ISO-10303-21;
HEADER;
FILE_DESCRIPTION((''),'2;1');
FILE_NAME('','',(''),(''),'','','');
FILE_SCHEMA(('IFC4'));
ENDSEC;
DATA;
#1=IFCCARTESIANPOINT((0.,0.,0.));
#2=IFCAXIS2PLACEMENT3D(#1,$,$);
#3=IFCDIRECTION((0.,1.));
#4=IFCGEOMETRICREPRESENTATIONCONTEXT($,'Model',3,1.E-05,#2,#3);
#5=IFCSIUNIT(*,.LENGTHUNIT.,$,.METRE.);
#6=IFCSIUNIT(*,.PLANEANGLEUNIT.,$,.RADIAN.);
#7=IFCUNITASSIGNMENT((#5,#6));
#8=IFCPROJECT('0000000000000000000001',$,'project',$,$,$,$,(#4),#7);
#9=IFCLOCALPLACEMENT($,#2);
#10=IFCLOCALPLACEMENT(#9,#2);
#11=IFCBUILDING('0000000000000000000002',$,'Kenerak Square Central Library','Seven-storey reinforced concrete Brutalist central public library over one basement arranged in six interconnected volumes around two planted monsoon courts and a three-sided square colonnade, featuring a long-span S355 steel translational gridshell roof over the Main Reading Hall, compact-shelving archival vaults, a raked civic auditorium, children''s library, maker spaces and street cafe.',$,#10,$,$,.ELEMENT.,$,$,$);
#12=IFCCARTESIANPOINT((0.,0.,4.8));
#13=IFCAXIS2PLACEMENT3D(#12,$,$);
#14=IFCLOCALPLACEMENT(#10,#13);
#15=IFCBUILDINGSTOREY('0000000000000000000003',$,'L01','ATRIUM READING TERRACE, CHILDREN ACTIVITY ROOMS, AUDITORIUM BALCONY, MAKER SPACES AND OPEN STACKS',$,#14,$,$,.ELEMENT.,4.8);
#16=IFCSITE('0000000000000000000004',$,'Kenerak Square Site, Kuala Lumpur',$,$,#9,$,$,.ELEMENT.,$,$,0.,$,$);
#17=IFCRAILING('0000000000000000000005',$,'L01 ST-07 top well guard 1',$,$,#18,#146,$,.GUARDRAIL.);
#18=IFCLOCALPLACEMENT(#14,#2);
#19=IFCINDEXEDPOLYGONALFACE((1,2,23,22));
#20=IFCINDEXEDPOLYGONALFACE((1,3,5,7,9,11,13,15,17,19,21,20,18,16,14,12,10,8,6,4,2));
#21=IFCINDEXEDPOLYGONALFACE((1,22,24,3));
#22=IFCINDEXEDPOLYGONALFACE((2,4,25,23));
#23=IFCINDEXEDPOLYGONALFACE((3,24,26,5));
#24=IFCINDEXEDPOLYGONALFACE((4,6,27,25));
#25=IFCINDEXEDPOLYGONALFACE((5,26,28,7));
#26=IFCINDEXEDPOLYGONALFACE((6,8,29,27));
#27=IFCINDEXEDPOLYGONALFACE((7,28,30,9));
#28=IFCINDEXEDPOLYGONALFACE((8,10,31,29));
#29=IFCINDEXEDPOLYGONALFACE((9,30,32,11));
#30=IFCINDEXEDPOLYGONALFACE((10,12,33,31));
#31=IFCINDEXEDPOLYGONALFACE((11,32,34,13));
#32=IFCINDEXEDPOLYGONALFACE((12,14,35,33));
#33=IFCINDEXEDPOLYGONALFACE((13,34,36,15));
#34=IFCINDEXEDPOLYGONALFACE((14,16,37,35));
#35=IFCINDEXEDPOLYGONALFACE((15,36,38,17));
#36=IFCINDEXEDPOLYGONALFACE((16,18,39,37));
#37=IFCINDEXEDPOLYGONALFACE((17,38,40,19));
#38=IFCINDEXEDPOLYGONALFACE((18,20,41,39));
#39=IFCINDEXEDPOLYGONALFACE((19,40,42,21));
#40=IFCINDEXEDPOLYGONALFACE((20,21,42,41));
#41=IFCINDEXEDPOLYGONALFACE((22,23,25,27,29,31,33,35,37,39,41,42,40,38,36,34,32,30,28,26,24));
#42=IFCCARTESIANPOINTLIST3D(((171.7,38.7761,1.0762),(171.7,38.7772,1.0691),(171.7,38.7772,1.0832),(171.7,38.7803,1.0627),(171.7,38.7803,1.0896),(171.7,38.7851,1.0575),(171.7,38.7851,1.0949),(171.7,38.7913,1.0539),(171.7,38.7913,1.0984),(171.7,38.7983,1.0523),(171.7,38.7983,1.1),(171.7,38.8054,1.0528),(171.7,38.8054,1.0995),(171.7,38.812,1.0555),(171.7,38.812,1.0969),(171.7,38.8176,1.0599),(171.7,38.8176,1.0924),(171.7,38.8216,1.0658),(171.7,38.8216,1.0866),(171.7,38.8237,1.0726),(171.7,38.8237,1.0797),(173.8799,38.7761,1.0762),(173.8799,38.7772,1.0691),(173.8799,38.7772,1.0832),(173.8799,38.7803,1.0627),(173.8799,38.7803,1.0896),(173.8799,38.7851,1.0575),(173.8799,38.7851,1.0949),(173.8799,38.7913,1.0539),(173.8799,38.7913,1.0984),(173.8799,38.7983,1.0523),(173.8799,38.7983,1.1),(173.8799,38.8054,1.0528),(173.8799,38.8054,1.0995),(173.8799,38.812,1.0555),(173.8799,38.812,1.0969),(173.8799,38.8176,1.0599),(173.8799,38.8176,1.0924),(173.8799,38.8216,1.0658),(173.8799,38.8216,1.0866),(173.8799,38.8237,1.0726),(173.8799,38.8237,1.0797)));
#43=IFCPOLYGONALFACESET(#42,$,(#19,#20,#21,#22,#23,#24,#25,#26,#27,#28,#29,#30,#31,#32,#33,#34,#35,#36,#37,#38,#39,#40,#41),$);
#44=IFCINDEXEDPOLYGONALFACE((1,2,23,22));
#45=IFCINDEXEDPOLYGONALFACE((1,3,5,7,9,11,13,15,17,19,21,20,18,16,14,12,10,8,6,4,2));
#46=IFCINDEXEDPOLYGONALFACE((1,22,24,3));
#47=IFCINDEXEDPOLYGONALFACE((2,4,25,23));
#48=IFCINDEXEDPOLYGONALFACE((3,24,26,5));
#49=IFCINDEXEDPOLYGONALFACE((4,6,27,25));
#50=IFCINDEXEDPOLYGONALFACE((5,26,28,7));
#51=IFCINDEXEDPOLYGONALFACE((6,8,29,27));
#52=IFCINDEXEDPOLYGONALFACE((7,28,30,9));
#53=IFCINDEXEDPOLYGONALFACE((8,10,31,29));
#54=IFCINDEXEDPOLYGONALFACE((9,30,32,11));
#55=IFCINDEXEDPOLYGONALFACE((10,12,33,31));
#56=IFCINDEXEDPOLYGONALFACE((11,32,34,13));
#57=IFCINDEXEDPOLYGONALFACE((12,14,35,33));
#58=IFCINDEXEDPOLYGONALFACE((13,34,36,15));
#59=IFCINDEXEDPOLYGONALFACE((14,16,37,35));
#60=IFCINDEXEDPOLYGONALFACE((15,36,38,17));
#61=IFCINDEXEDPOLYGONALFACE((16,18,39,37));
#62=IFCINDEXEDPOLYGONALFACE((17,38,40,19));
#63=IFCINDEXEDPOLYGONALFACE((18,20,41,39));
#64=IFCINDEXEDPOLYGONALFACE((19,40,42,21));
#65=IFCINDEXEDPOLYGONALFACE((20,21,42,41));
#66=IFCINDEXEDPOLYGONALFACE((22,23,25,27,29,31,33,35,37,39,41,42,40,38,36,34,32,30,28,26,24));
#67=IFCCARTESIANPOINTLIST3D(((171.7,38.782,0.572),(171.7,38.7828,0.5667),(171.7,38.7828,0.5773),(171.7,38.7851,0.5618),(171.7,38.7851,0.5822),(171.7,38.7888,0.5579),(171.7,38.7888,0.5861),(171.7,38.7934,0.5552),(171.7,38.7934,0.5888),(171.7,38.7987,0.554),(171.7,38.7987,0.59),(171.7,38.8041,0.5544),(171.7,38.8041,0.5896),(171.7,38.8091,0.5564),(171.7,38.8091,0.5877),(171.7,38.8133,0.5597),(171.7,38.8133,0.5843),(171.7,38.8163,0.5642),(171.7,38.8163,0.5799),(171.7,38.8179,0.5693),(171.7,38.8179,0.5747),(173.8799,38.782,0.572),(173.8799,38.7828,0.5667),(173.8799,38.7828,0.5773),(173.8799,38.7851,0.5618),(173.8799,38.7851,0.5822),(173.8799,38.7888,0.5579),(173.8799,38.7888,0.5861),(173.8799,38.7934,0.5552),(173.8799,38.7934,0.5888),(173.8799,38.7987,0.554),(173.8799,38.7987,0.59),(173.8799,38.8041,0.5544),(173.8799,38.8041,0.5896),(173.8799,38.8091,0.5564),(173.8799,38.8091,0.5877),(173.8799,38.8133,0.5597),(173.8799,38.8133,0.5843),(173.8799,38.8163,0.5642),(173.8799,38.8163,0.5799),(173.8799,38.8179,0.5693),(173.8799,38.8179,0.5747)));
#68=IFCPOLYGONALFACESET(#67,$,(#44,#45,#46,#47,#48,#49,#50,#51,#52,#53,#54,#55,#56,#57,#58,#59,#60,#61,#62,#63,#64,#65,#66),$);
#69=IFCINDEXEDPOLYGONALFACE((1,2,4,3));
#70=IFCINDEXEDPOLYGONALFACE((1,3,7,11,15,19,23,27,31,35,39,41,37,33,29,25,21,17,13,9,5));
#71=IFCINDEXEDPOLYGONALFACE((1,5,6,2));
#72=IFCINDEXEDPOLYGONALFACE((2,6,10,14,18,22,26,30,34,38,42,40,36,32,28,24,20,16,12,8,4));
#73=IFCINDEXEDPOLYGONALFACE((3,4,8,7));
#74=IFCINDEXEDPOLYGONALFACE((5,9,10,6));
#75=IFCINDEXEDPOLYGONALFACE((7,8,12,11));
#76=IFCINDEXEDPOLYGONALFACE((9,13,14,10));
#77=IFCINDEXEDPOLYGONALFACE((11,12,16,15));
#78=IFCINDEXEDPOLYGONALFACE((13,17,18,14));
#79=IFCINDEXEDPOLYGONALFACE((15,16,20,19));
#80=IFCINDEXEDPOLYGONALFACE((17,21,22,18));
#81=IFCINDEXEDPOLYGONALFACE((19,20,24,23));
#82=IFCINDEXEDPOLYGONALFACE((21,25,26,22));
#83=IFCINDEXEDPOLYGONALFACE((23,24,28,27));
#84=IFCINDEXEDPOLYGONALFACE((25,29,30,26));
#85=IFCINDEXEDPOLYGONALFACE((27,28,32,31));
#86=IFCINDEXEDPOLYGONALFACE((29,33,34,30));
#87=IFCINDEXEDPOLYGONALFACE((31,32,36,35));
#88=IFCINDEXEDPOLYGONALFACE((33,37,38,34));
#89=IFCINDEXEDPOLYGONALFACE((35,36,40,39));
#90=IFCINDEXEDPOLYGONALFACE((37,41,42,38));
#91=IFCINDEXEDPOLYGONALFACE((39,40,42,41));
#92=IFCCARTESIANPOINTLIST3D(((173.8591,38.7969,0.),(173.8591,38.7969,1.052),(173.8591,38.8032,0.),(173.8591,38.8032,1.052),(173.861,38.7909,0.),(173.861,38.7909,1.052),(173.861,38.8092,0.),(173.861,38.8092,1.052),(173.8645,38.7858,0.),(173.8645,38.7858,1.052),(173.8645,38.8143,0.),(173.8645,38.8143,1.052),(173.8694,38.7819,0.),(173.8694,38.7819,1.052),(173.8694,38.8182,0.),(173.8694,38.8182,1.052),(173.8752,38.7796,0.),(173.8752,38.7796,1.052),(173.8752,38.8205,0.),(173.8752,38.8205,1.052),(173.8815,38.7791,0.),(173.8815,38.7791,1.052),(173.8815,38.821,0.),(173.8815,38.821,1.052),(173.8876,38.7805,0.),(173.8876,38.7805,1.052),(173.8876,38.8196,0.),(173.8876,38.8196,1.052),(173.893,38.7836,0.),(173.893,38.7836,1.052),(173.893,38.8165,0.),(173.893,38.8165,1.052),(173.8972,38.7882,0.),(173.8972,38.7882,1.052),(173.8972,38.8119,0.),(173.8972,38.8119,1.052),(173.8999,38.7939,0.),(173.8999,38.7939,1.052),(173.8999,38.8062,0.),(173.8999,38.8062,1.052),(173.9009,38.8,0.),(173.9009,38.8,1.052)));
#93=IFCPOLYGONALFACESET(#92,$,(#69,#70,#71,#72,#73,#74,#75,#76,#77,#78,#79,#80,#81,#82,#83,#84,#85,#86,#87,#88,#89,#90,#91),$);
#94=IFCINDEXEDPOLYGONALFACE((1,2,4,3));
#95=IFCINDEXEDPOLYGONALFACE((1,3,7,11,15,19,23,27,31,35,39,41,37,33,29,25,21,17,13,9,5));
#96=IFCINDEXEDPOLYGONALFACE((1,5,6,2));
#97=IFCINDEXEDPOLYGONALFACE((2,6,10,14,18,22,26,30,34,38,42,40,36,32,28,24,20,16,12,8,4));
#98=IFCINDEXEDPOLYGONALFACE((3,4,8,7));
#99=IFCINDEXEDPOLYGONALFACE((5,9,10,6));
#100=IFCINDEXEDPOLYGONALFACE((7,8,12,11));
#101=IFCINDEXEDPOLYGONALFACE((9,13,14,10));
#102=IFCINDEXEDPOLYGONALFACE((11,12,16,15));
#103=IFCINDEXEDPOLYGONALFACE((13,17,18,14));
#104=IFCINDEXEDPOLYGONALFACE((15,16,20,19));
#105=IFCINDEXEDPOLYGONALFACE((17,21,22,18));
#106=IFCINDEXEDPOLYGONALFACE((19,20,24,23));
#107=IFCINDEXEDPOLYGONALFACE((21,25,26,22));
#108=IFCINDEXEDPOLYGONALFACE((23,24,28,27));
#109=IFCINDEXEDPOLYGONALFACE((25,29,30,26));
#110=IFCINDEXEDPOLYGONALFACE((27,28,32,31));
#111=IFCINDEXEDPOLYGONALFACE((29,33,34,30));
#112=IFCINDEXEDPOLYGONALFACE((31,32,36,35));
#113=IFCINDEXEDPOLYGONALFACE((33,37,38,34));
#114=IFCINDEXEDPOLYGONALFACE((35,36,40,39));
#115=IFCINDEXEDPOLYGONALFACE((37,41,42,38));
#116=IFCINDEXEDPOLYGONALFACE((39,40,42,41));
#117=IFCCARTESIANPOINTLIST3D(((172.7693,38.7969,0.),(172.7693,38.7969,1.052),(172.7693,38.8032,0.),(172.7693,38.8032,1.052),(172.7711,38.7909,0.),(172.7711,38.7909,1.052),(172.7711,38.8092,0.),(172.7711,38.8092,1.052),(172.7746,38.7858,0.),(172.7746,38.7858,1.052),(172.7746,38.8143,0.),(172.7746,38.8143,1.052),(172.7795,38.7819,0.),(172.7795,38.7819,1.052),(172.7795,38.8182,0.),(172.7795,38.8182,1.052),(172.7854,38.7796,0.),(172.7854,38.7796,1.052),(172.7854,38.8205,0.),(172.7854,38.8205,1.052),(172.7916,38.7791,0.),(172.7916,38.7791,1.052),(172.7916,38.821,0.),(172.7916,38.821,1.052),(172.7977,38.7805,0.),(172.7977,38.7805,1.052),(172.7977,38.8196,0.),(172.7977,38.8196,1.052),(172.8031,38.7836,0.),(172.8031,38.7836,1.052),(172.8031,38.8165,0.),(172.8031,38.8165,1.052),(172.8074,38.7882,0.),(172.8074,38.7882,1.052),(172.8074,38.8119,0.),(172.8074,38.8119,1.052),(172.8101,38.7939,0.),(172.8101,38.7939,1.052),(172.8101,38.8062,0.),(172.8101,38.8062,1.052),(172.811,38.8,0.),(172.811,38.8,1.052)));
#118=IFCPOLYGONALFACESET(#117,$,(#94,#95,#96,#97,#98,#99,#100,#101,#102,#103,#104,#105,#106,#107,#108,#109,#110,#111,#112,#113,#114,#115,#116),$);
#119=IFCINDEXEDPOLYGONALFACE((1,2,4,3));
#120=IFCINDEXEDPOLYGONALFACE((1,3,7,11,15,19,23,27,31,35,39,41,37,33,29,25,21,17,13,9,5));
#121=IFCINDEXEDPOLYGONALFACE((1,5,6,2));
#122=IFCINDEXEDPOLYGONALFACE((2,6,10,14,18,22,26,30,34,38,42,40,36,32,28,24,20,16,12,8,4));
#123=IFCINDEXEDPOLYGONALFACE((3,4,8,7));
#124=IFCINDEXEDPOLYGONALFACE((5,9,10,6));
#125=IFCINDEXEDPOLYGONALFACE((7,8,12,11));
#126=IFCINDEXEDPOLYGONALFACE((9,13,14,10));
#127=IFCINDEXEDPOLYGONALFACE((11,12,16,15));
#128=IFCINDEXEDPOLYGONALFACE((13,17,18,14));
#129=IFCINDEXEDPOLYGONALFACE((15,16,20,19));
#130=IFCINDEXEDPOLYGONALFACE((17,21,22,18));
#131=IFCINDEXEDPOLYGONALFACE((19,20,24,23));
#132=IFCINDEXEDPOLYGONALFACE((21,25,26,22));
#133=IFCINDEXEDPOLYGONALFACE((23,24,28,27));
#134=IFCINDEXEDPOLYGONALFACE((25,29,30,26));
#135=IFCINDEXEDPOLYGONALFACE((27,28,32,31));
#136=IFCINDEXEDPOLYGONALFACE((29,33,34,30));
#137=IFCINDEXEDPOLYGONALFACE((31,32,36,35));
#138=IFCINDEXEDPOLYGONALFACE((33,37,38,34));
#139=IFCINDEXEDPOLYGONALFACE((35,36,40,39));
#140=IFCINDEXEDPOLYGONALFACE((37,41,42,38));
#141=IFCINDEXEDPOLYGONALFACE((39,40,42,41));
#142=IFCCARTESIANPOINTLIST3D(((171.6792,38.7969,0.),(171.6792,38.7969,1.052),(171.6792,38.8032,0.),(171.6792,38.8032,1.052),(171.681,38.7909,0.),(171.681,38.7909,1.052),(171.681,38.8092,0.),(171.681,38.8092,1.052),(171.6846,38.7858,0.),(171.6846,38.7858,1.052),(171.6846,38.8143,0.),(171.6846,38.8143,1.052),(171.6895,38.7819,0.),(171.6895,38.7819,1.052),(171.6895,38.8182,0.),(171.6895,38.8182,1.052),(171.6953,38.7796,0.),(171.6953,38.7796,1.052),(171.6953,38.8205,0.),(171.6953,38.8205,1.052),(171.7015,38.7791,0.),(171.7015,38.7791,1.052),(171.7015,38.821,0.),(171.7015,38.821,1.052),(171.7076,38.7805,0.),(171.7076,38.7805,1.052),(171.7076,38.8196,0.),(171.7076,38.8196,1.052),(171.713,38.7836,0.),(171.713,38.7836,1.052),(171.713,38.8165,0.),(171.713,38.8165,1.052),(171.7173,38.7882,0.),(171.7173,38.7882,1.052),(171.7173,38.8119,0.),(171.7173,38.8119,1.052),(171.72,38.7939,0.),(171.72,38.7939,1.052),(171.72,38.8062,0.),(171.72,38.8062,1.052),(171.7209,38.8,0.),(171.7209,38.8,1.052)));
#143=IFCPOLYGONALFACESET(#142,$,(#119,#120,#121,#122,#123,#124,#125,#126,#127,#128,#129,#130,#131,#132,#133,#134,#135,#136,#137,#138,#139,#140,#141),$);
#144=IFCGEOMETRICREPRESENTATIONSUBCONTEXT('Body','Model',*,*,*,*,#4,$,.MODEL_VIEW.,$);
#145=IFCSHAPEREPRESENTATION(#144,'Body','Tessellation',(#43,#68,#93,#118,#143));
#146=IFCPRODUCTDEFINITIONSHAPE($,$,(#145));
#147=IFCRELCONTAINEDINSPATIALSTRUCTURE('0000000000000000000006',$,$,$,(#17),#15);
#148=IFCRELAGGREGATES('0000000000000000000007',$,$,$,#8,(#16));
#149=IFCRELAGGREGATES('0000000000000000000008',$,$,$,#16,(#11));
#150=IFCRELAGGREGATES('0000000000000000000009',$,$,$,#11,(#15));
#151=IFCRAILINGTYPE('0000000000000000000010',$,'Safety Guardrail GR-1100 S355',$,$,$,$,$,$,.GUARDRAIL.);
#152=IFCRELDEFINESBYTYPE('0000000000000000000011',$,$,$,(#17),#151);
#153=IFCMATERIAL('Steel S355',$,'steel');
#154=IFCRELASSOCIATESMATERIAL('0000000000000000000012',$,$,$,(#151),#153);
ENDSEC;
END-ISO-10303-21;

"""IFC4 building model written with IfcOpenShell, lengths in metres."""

from ifc_helpers import new_model, si_unit, direction, frame, origin, origin_2d, place, context, subcontext, project, spatial, circle, extrude, material, type_object, element, save


model = new_model("IFC4")

# Units and contexts
model_context = context("Model", 3, precision=1e-05, world=origin(), true_north=direction((0.0, 1.0)))
body_context = subcontext(model_context, "Body", "Model", "MODEL_VIEW")
ifc_project = project(units=[si_unit("LENGTHUNIT", "METRE"), si_unit("PLANEANGLEUNIT", "RADIAN")], contexts=[model_context])

# Site, building, storey
site_placement = place(None, origin())
site = spatial("IfcSite", under=ifc_project, at=site_placement, Name="Kenerak Square Site, Kuala Lumpur", CompositionType="ELEMENT", RefElevation=0.0)
building_placement = place(site_placement, origin())
building = spatial("IfcBuilding", under=site, at=building_placement, Name="Kenerak Square Central Library", Description="Seven-storey reinforced concrete Brutalist central public library over one basement arranged in six interconnected volumes around two planted monsoon courts and a three-sided square colonnade, featuring a long-span S355 steel translational gridshell roof over the Main Reading Hall, compact-shelving archival vaults, a raked civic auditorium, children's library, maker spaces and street cafe.", CompositionType="ELEMENT")
storey_placement = place(building_placement, frame((0.0, 0.0, 4.8)))
storey = spatial("IfcBuildingStorey", under=building, at=storey_placement, Name="L01", Description="ATRIUM READING TERRACE, CHILDREN ACTIVITY ROOMS, AUDITORIUM BALCONY, MAKER SPACES AND OPEN STACKS", CompositionType="ELEMENT", Elevation=4.8)

# Shared definitions
ifc_material_1 = material(Name="Steel S355", Category="steel")

# Railing
railing_type = type_object("IfcRailingType", Name="Safety Guardrail GR-1100 S355", PredefinedType="GUARDRAIL", material=ifc_material_1)
railing_1_placement = place(storey_placement, frame((173.8799, 38.8, 0.0)))
element("IfcRailing", 1, at=railing_1_placement, inside=storey, type_object=railing_type, Name="L01 ST-07 top well guard 1", PredefinedType="GUARDRAIL", context=body_context, shape_type="SweptSolid", body=[
    extrude(circle(Radius=0.0239, at=origin_2d()), frame((0.0, 0.0, 1.0762), z_axis=(-1.0, 0.0, 0.0), x_axis=(0.0, -1.0, 0.0)), (0.0, 0.0, 1.0), 2.1799),
    extrude(circle(Radius=0.0181, at=origin_2d()), frame((0.0, 0.0, 0.572), z_axis=(-1.0, 0.0, 0.0), x_axis=(0.0, -1.0, 0.0)), (0.0, 0.0, 1.0), 2.1799),
    extrude(circle(Radius=0.021, at=origin_2d()), origin(), (0.0, 0.0, 1.0), 1.052),
    extrude(circle(Radius=0.021, at=origin_2d()), frame((-1.0898, 0.0, 0.0)), (0.0, 0.0, 1.0), 1.052),
    extrude(circle(Radius=0.021, at=origin_2d()), frame((-2.1799, 0.0, 0.0)), (0.0, 0.0, 1.0), 1.052),
])

save(model, "model.ifc")
